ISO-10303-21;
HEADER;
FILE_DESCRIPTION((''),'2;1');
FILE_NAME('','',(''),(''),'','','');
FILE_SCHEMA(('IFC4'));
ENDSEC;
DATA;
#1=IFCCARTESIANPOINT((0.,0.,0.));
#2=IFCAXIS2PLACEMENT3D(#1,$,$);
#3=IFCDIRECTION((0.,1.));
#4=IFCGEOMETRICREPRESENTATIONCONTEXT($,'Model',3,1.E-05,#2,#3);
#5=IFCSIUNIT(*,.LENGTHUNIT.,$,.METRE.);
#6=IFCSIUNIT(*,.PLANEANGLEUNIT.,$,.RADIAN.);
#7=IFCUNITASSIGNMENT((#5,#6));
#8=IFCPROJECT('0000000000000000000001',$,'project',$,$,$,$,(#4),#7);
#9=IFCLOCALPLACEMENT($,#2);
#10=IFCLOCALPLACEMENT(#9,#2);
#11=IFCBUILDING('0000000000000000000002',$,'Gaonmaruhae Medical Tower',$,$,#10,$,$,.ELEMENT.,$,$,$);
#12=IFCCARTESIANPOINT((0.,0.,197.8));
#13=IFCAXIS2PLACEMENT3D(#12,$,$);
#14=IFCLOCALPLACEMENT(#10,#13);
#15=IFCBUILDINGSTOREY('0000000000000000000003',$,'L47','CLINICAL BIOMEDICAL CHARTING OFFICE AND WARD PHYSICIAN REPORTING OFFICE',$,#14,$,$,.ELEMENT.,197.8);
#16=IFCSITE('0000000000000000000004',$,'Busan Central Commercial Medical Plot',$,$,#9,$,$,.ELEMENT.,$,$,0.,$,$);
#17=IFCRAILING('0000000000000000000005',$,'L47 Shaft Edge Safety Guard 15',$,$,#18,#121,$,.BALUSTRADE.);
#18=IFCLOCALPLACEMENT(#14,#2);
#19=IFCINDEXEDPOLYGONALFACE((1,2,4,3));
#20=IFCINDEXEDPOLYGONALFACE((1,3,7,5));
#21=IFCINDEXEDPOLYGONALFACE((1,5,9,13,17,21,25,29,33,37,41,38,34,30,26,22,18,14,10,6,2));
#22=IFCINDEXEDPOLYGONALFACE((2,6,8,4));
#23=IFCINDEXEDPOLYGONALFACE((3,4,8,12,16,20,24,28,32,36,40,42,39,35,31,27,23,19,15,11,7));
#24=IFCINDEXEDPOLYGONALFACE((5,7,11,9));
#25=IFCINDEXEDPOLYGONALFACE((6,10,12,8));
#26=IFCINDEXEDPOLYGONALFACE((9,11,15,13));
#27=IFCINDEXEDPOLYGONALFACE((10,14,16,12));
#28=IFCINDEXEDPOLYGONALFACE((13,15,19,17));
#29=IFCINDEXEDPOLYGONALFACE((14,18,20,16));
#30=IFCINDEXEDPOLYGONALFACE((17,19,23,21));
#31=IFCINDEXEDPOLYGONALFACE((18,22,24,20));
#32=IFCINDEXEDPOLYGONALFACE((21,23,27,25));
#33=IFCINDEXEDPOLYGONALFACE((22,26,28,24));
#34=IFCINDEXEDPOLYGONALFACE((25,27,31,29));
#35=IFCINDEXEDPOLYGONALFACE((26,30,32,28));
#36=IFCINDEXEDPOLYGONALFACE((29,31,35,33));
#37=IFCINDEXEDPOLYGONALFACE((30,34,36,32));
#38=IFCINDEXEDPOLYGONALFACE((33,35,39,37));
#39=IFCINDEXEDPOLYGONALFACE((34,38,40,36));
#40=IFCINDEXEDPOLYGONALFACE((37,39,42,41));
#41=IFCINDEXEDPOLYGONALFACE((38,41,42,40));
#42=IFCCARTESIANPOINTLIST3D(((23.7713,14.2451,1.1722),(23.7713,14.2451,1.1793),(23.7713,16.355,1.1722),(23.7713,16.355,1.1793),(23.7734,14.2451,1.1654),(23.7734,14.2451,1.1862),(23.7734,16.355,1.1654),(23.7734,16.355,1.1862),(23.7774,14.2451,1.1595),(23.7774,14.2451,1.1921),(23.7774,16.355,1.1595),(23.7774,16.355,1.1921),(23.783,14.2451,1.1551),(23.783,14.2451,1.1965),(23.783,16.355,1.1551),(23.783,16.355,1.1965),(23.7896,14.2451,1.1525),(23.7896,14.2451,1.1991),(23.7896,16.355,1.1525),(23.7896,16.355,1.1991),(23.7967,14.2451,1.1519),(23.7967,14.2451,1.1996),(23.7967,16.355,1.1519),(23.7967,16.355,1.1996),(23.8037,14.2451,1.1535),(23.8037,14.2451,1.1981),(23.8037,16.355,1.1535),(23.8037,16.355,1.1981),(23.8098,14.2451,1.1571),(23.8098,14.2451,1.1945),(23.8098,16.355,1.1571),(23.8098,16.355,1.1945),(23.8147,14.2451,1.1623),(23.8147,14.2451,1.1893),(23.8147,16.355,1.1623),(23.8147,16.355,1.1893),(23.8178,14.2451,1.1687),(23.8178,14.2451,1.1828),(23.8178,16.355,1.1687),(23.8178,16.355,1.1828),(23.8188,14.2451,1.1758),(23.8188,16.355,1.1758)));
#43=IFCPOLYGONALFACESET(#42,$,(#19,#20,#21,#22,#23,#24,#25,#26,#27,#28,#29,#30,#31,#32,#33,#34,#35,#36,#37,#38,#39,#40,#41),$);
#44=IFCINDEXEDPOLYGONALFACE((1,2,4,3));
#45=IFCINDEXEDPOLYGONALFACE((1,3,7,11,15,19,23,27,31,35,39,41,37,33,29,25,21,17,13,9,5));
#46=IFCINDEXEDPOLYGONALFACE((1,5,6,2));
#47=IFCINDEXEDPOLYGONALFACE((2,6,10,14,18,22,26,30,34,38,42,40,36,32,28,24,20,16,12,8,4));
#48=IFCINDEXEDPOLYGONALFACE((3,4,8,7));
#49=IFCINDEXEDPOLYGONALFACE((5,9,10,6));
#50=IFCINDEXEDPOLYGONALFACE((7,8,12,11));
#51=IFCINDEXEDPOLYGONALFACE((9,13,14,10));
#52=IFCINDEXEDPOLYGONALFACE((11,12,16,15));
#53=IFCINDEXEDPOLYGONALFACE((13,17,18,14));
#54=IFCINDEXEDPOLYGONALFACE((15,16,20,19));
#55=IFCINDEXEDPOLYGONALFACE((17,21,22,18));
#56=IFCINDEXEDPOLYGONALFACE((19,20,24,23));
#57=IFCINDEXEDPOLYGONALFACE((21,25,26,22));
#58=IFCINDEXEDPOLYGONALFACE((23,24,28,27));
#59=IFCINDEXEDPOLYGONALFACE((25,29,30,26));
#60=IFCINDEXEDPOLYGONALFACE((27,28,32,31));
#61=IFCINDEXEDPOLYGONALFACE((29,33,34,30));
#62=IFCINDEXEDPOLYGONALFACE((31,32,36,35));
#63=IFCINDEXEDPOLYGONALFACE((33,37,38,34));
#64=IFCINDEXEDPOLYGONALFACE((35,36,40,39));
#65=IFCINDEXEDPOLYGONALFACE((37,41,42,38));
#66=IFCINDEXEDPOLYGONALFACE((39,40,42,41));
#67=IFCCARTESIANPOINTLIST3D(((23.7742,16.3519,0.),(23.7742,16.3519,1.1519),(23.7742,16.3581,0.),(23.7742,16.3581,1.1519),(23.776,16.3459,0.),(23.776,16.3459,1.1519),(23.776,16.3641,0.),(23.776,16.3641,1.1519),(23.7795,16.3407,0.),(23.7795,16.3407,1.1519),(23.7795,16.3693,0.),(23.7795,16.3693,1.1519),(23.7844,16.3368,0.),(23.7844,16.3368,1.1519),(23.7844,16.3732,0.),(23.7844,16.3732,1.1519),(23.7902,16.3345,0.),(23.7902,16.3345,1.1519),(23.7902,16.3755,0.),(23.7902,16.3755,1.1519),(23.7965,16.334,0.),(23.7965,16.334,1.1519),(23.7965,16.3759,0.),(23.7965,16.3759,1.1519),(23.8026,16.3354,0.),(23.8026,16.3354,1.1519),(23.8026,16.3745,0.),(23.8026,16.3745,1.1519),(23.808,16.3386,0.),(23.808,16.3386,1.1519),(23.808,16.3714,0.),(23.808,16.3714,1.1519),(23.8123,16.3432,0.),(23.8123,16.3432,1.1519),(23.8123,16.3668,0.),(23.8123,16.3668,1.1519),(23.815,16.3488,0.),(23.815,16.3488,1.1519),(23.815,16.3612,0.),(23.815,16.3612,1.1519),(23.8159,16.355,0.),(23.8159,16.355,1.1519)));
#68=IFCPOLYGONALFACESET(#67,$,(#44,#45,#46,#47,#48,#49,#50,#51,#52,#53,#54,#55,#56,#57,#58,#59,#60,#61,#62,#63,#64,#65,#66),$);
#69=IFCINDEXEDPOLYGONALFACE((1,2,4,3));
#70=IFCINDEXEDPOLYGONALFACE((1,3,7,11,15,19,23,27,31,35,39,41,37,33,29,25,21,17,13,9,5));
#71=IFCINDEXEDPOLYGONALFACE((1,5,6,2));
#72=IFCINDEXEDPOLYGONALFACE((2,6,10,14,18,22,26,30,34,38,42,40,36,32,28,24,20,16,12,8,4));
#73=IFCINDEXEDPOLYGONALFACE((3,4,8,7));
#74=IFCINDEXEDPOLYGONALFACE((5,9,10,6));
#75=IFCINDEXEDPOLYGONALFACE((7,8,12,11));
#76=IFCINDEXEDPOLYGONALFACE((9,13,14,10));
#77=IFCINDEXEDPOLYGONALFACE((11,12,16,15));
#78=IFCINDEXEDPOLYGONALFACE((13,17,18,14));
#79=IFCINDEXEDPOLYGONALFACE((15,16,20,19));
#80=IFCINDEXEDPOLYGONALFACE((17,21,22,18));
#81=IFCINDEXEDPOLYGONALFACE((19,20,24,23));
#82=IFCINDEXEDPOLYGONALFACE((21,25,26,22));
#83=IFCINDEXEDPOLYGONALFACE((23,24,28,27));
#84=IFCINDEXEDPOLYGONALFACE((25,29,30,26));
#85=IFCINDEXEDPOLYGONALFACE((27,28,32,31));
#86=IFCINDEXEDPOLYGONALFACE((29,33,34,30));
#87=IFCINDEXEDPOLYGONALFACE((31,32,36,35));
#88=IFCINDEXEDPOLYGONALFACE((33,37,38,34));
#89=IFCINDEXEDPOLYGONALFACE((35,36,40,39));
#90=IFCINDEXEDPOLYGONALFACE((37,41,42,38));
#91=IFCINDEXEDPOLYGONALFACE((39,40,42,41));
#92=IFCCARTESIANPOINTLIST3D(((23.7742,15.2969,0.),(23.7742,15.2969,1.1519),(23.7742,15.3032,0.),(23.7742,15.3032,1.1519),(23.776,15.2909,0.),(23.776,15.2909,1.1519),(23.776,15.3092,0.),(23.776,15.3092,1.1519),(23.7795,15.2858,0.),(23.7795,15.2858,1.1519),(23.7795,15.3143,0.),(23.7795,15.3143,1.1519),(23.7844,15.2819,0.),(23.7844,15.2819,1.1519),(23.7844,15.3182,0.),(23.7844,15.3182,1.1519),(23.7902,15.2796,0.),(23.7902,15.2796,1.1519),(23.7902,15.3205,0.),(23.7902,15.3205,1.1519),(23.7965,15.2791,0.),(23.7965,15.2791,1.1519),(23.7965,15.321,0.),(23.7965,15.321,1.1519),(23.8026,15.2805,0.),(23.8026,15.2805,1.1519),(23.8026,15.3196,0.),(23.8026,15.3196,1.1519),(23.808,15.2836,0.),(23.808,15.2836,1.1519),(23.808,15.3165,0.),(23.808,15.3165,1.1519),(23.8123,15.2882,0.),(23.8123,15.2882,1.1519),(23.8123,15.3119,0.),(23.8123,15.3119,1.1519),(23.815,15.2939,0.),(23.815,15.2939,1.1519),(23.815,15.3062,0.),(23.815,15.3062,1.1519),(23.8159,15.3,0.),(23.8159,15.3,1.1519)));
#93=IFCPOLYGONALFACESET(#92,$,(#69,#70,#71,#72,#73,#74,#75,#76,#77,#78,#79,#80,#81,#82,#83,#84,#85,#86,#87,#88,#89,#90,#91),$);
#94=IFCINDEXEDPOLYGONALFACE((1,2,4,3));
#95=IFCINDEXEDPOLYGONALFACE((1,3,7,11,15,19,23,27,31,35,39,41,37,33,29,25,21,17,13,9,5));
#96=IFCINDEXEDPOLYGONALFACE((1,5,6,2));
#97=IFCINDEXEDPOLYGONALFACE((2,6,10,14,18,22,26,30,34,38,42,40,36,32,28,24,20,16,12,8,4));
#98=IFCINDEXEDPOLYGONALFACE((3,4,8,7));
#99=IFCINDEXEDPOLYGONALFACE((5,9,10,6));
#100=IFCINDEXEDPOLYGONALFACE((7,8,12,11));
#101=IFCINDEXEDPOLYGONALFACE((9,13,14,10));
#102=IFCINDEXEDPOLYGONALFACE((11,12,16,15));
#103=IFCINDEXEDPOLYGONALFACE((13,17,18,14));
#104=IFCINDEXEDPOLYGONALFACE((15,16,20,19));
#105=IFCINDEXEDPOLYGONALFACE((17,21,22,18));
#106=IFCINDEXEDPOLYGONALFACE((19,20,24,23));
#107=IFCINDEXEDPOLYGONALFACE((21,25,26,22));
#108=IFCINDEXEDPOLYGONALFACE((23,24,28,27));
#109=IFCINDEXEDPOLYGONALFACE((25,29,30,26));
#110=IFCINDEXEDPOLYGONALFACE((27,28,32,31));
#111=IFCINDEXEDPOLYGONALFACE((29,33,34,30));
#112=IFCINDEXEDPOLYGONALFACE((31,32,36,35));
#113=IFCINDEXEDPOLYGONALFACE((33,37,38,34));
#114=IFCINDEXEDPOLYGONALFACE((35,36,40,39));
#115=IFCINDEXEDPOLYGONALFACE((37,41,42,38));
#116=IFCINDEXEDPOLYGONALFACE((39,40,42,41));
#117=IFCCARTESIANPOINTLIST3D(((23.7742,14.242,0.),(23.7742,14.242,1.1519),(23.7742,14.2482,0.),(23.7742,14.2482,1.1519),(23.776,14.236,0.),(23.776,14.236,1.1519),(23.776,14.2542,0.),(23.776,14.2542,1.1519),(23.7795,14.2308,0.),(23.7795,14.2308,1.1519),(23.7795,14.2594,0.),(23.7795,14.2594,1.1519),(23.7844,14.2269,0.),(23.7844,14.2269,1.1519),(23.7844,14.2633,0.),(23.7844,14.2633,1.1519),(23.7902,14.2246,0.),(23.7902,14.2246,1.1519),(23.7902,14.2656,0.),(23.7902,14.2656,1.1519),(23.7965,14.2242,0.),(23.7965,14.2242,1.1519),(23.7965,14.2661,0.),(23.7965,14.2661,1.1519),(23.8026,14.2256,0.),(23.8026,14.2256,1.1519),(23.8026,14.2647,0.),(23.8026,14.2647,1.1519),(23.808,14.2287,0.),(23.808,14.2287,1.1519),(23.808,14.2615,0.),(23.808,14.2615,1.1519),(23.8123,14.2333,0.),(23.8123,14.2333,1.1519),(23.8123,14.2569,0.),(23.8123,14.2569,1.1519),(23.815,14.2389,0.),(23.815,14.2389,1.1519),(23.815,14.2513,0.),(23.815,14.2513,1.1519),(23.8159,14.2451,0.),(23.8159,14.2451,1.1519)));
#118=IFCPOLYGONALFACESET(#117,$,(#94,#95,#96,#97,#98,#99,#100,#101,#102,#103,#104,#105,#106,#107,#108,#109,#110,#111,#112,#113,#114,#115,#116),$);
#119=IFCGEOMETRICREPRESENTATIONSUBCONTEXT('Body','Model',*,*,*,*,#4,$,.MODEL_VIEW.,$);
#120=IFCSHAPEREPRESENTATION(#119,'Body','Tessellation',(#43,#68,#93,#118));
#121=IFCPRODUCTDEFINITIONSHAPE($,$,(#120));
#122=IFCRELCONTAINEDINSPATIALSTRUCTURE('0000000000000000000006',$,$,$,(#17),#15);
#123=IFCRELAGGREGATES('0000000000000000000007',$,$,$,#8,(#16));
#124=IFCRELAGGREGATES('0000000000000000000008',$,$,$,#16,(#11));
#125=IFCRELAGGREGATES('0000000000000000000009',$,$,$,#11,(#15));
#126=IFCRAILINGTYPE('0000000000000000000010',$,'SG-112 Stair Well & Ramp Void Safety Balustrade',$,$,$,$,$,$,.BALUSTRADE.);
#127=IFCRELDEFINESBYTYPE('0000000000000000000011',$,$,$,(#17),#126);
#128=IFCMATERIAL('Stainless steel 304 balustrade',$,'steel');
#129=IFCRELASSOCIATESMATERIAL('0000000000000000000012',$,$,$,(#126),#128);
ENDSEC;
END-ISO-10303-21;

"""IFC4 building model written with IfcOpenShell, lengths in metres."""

from ifc_helpers import new_model, si_unit, direction, frame, origin, origin_2d, place, context, subcontext, project, spatial, circle, extrude, material, type_object, element, save


model = new_model("IFC4")

# Units and contexts
model_context = context("Model", 3, precision=1e-05, world=origin(), true_north=direction((0.0, 1.0)))
body_context = subcontext(model_context, "Body", "Model", "MODEL_VIEW")
ifc_project = project(units=[si_unit("LENGTHUNIT", "METRE"), si_unit("PLANEANGLEUNIT", "RADIAN")], contexts=[model_context])

# Site, building, storey
site_placement = place(None, origin())
site = spatial("IfcSite", under=ifc_project, at=site_placement, Name="Busan Central Commercial Medical Plot", CompositionType="ELEMENT", RefElevation=0.0)
building_placement = place(site_placement, origin())
building = spatial("IfcBuilding", under=site, at=building_placement, Name="Gaonmaruhae Medical Tower", CompositionType="ELEMENT")
storey_placement = place(building_placement, frame((0.0, 0.0, 197.8)))
storey = spatial("IfcBuildingStorey", under=building, at=storey_placement, Name="L47", Description="CLINICAL BIOMEDICAL CHARTING OFFICE AND WARD PHYSICIAN REPORTING OFFICE", CompositionType="ELEMENT", Elevation=197.8)

# Railing
ifc_material_1 = material(Name="Stainless steel 304 balustrade", Category="steel")
railing_type = type_object("IfcRailingType", Name="SG-112 Stair Well & Ramp Void Safety Balustrade", PredefinedType="BALUSTRADE", material=ifc_material_1)
railing_1_placement = place(storey_placement, frame((23.7949, 16.355, 0.0)))
element("IfcRailing", 1, at=railing_1_placement, inside=storey, type_object=railing_type, Name="L47 Shaft Edge Safety Guard 15", PredefinedType="BALUSTRADE", context=body_context, shape_type="SweptSolid", body=[
    extrude(circle(Radius=0.0239, at=origin_2d()), frame((0.0, 0.0, 1.1758), z_axis=(0.0, -1.0, 0.0), x_axis=(1.0, 0.0, 0.0)), (0.0, 0.0, 1.0), 2.1099),
    extrude(circle(Radius=0.021, at=origin_2d()), origin(), (0.0, 0.0, 1.0), 1.1519),
    extrude(circle(Radius=0.021, at=origin_2d()), frame((0.0, -1.0549, 0.0)), (0.0, 0.0, 1.0), 1.1519),
    extrude(circle(Radius=0.021, at=origin_2d()), frame((0.0, -2.1099, 0.0)), (0.0, 0.0, 1.0), 1.1519),
])

save(model, "model.ifc")
